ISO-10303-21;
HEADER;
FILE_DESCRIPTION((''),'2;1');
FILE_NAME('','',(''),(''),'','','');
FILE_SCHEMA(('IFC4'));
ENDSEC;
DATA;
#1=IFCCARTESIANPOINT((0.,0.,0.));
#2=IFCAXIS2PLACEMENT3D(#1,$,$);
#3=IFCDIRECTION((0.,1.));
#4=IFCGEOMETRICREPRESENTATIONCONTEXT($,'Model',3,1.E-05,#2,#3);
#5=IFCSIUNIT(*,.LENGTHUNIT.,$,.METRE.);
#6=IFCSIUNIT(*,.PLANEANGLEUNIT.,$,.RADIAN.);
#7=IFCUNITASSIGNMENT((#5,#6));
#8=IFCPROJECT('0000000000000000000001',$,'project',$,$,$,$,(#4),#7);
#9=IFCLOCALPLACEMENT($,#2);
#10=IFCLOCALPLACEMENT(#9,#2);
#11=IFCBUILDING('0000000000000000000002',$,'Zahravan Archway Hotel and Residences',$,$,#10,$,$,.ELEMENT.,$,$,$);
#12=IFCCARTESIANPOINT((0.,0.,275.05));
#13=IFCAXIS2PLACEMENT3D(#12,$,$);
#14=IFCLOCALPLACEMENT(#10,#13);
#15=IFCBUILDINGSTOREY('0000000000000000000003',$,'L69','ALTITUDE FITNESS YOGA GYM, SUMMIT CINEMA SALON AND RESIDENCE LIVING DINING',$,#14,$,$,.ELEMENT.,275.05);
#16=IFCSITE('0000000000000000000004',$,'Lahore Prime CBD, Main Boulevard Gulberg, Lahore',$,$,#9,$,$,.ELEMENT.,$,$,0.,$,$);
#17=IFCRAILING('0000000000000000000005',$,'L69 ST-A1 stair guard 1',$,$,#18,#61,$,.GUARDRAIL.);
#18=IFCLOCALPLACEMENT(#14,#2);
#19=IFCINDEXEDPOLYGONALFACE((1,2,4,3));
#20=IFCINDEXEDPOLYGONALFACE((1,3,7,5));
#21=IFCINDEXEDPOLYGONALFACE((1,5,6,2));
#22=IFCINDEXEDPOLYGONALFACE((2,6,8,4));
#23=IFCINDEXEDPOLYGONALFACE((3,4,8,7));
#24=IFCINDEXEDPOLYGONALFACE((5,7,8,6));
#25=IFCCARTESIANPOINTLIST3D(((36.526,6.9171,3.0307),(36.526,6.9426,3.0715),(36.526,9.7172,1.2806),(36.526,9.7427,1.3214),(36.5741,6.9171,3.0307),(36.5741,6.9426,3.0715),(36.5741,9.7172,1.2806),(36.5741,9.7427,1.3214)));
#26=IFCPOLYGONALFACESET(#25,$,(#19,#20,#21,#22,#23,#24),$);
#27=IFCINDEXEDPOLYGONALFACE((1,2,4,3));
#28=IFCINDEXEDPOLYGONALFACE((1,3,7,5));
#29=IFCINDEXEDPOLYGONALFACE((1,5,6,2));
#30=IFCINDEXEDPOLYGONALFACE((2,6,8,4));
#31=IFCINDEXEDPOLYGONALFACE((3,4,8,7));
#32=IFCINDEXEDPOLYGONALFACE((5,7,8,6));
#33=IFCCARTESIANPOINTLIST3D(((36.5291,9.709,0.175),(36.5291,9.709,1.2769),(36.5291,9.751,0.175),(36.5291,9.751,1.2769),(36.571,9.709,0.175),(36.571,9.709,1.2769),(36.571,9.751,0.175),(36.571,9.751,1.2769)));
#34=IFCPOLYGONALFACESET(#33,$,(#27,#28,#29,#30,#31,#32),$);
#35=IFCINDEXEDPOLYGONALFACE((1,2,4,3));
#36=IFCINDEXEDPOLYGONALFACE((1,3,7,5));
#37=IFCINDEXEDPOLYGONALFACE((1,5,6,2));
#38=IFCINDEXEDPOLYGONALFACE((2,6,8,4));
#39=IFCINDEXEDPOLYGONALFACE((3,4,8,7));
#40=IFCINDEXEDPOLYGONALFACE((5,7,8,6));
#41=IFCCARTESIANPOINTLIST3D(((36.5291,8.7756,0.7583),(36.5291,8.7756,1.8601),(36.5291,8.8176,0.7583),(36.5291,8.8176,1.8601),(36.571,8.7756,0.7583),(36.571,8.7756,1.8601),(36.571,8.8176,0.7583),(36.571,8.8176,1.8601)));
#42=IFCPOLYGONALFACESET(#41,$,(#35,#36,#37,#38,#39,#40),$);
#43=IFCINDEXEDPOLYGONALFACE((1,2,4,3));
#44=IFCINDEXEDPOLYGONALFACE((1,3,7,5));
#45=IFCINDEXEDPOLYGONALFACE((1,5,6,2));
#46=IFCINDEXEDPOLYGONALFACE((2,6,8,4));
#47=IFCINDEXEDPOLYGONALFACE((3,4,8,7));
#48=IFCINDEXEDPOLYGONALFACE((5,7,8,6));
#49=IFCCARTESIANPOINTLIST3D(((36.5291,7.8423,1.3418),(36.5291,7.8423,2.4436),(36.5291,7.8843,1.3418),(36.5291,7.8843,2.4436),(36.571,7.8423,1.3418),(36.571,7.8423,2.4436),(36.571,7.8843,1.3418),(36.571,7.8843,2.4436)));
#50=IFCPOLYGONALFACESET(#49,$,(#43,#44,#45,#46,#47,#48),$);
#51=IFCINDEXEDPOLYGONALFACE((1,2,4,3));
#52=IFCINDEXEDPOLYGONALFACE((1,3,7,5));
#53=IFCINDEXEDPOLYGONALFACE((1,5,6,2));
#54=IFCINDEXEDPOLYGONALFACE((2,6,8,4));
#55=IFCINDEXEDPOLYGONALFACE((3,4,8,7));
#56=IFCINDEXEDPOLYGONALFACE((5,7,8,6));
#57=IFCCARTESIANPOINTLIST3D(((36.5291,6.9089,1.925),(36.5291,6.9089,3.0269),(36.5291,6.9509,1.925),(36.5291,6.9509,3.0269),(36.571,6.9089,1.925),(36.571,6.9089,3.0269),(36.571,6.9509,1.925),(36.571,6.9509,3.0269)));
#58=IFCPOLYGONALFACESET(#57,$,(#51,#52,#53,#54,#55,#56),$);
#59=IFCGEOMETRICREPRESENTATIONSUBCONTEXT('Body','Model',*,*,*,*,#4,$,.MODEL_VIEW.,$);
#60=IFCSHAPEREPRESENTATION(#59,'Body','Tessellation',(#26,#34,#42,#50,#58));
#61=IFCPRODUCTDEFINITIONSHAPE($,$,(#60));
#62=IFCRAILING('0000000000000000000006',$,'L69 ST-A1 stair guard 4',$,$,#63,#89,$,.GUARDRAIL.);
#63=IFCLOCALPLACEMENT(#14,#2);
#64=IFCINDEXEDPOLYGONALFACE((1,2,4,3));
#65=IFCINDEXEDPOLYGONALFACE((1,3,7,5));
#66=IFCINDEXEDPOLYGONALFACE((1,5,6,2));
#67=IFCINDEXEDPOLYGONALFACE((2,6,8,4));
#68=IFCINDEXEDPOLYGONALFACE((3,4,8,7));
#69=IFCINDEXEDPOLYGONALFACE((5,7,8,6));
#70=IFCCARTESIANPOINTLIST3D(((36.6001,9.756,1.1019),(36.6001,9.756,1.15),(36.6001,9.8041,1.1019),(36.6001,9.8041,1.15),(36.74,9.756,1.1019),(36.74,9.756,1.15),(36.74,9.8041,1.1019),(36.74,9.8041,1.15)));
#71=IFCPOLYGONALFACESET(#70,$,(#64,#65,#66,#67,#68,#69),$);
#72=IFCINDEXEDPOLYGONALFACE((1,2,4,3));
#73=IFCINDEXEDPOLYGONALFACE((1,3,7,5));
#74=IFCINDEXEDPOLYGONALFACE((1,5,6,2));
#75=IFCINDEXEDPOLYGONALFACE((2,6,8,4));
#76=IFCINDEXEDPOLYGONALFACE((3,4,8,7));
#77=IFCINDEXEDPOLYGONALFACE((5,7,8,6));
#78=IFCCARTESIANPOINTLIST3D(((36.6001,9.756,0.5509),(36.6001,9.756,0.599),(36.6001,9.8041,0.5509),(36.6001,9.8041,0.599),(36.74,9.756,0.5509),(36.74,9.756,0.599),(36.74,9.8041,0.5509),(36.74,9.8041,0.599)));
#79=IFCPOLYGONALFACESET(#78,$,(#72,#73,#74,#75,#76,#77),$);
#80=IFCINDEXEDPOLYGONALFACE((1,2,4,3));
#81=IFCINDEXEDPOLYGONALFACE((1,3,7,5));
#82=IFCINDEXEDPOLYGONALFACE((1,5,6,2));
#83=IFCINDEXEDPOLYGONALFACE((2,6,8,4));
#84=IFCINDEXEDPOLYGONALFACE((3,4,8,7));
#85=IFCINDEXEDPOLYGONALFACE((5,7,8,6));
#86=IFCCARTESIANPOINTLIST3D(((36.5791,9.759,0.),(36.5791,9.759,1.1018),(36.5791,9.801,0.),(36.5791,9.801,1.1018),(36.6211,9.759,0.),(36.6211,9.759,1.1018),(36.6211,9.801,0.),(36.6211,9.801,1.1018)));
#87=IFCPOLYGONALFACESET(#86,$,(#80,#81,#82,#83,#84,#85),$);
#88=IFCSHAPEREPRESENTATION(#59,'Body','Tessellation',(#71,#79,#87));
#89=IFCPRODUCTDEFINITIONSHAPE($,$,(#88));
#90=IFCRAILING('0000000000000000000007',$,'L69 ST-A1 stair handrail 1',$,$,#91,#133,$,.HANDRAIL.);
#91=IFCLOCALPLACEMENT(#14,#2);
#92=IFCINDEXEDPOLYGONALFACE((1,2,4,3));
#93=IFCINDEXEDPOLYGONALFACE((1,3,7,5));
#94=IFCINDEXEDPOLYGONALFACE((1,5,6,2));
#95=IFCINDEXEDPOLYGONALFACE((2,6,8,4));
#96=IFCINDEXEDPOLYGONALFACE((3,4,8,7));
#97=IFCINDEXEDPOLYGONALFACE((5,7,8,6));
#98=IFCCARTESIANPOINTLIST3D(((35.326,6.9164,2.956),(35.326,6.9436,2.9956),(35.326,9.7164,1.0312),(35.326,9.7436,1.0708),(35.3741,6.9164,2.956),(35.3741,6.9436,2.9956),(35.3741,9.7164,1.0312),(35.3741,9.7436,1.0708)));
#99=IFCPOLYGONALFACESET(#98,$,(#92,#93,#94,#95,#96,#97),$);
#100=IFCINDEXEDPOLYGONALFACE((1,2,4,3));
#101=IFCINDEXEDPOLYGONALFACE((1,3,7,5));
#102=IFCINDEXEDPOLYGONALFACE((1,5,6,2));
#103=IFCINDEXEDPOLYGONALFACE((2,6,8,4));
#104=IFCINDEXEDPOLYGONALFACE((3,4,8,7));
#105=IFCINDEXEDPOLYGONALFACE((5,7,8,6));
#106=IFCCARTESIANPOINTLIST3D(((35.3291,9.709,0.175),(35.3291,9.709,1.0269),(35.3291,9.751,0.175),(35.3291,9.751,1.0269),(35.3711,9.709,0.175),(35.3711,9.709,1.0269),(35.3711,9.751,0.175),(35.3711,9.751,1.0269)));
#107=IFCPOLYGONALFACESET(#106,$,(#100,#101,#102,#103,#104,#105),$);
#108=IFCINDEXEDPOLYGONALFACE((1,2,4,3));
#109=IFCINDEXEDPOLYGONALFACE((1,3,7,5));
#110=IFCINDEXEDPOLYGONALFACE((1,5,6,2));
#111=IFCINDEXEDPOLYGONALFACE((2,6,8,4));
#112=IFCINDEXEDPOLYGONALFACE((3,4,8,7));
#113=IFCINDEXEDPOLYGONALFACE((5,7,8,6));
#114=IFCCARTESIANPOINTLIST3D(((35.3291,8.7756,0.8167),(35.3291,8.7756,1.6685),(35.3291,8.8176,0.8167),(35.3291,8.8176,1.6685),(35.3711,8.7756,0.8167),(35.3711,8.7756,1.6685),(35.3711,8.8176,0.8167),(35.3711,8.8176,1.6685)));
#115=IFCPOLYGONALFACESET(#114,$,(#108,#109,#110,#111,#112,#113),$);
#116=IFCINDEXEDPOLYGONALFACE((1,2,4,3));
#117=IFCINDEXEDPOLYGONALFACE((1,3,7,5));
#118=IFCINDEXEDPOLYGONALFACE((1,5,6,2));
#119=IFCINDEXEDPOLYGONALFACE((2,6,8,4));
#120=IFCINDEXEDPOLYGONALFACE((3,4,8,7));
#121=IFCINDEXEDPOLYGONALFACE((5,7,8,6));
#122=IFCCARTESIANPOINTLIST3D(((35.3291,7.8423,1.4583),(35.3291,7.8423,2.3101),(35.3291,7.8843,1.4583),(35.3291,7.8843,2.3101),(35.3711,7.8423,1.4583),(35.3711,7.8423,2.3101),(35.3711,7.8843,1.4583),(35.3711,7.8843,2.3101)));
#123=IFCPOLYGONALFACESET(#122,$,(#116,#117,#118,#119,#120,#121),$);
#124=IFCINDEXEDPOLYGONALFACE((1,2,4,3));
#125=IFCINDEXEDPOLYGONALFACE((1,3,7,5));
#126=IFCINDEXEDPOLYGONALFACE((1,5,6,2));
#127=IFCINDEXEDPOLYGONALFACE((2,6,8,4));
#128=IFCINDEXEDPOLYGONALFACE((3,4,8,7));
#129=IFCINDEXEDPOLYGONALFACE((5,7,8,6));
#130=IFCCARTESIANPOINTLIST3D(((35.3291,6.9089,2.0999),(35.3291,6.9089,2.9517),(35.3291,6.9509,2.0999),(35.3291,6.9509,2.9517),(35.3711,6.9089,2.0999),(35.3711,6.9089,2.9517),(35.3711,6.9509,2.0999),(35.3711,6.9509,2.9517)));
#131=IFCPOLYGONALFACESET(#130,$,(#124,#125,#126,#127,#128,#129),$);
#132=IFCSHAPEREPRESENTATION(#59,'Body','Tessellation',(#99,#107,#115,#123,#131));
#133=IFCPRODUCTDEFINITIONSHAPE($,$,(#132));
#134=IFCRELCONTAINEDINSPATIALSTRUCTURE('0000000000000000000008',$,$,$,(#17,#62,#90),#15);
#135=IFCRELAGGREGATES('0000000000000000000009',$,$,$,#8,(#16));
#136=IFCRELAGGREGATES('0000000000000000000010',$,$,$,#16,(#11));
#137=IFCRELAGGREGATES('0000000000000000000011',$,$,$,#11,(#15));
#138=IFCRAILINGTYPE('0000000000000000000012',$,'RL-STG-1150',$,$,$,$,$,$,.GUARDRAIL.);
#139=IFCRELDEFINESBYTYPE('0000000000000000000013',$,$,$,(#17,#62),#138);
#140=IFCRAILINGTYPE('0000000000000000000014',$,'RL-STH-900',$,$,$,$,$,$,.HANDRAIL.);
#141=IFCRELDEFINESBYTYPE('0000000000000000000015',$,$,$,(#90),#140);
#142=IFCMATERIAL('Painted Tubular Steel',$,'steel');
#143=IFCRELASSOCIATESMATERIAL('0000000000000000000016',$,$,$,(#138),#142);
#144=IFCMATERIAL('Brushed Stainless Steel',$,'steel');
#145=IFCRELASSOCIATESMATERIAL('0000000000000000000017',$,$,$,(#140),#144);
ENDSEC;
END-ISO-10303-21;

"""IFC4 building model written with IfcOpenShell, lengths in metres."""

from ifc_helpers import new_model, si_unit, direction, frame, origin, origin_2d, place, context, subcontext, project, spatial, rectangle, extrude, material, type_object, element, save


model = new_model("IFC4")

# Units and contexts
model_context = context("Model", 3, precision=1e-05, world=origin(), true_north=direction((0.0, 1.0)))
body_context = subcontext(model_context, "Body", "Model", "MODEL_VIEW")
ifc_project = project(units=[si_unit("LENGTHUNIT", "METRE"), si_unit("PLANEANGLEUNIT", "RADIAN")], contexts=[model_context])

# Site, building, storey
site_placement = place(None, origin())
site = spatial("IfcSite", under=ifc_project, at=site_placement, Name="Lahore Prime CBD, Main Boulevard Gulberg, Lahore", CompositionType="ELEMENT", RefElevation=0.0)
building_placement = place(site_placement, origin())
building = spatial("IfcBuilding", under=site, at=building_placement, Name="Zahravan Archway Hotel and Residences", CompositionType="ELEMENT")
storey_placement = place(building_placement, frame((0.0, 0.0, 275.05)))
storey = spatial("IfcBuildingStorey", under=building, at=storey_placement, Name="L69", Description="ALTITUDE FITNESS YOGA GYM, SUMMIT CINEMA SALON AND RESIDENCE LIVING DINING", CompositionType="ELEMENT", Elevation=275.05)

# Shared definitions
ifc_material_1 = material(Name="Brushed Stainless Steel", Category="steel")

# Railings
ifc_material_2 = material(Name="Painted Tubular Steel", Category="steel")
railing_type_1 = type_object("IfcRailingType", Name="RL-STG-1150", PredefinedType="GUARDRAIL", material=ifc_material_2)
railing_1_placement = place(storey_placement, frame((36.55, 9.73, 0.175)))
element("IfcRailing", 1, at=railing_1_placement, inside=storey, type_object=railing_type_1, Name="L69 ST-A1 stair guard 1", PredefinedType="GUARDRAIL", context=body_context, shape_type="SweptSolid", body=[
    extrude(rectangle(XDim=0.0481, YDim=0.0481, at=origin_2d()), frame((0.0, 0.0, 1.126), z_axis=(0.0, -0.848002, 0.529992), x_axis=(1.0, 0.0, 0.0)), (0.0, 0.0, 1.0), 3.302),
    extrude(rectangle(XDim=0.042, YDim=0.042, at=origin_2d()), origin(), (0.0, 0.0, 1.0), 1.1018),
    extrude(rectangle(XDim=0.042, YDim=0.042, at=origin_2d()), frame((0.0, -0.9333, 0.5833)), (0.0, 0.0, 1.0), 1.1018),
    extrude(rectangle(XDim=0.042, YDim=0.042, at=origin_2d()), frame((0.0, -1.8667, 1.1667)), (0.0, 0.0, 1.0), 1.1018),
    extrude(rectangle(XDim=0.042, YDim=0.042, at=origin_2d()), frame((0.0, -2.8, 1.75)), (0.0, 0.0, 1.0), 1.1018),
])
railing_2_placement = place(storey_placement, frame((36.6001, 9.78, 0.0)))
element("IfcRailing", 2, at=railing_2_placement, inside=storey, type_object=railing_type_1, Name="L69 ST-A1 stair guard 4", PredefinedType="GUARDRAIL", context=body_context, shape_type="SweptSolid", body=[
    extrude(rectangle(XDim=0.0481, YDim=0.0481, at=origin_2d()), frame((0.0, 0.0, 1.126), z_axis=(1.0, 0.0, 0.0), x_axis=(0.0, 1.0, 0.0)), (0.0, 0.0, 1.0), 0.1399),
    extrude(rectangle(XDim=0.0481, YDim=0.0481, at=origin_2d()), frame((0.0, 0.0, 0.575), z_axis=(1.0, 0.0, 0.0), x_axis=(0.0, 1.0, 0.0)), (0.0, 0.0, 1.0), 0.1399),
    extrude(rectangle(XDim=0.042, YDim=0.042, at=origin_2d()), origin(), (0.0, 0.0, 1.0), 1.1018),
])
railing_type_2 = type_object("IfcRailingType", Name="RL-STH-900", PredefinedType="HANDRAIL", material=ifc_material_1)
railing_3_placement = place(storey_placement, frame((35.3501, 9.73, 0.175)))
element("IfcRailing", 3, at=railing_3_placement, inside=storey, type_object=railing_type_2, Name="L69 ST-A1 stair handrail 1", PredefinedType="HANDRAIL", context=body_context, shape_type="SweptSolid", body=[
    extrude(rectangle(XDim=0.0481, YDim=0.0481, at=origin_2d()), frame((0.0, 0.0, 0.876), z_axis=(0.0, -0.824073, 0.566483), x_axis=(1.0, 0.0, 0.0)), (0.0, 0.0, 1.0), 3.3977),
    extrude(rectangle(XDim=0.042, YDim=0.042, at=origin_2d()), origin(), (0.0, 0.0, 1.0), 0.8518),
    extrude(rectangle(XDim=0.042, YDim=0.042, at=origin_2d()), frame((0.0, -0.9333, 0.6416)), (0.0, 0.0, 1.0), 0.8518),
    extrude(rectangle(XDim=0.042, YDim=0.042, at=origin_2d()), frame((0.0, -1.8667, 1.2832)), (0.0, 0.0, 1.0), 0.8518),
    extrude(rectangle(XDim=0.042, YDim=0.042, at=origin_2d()), frame((0.0, -2.8, 1.9248)), (0.0, 0.0, 1.0), 0.8518),
])

save(model, "model.ifc")
